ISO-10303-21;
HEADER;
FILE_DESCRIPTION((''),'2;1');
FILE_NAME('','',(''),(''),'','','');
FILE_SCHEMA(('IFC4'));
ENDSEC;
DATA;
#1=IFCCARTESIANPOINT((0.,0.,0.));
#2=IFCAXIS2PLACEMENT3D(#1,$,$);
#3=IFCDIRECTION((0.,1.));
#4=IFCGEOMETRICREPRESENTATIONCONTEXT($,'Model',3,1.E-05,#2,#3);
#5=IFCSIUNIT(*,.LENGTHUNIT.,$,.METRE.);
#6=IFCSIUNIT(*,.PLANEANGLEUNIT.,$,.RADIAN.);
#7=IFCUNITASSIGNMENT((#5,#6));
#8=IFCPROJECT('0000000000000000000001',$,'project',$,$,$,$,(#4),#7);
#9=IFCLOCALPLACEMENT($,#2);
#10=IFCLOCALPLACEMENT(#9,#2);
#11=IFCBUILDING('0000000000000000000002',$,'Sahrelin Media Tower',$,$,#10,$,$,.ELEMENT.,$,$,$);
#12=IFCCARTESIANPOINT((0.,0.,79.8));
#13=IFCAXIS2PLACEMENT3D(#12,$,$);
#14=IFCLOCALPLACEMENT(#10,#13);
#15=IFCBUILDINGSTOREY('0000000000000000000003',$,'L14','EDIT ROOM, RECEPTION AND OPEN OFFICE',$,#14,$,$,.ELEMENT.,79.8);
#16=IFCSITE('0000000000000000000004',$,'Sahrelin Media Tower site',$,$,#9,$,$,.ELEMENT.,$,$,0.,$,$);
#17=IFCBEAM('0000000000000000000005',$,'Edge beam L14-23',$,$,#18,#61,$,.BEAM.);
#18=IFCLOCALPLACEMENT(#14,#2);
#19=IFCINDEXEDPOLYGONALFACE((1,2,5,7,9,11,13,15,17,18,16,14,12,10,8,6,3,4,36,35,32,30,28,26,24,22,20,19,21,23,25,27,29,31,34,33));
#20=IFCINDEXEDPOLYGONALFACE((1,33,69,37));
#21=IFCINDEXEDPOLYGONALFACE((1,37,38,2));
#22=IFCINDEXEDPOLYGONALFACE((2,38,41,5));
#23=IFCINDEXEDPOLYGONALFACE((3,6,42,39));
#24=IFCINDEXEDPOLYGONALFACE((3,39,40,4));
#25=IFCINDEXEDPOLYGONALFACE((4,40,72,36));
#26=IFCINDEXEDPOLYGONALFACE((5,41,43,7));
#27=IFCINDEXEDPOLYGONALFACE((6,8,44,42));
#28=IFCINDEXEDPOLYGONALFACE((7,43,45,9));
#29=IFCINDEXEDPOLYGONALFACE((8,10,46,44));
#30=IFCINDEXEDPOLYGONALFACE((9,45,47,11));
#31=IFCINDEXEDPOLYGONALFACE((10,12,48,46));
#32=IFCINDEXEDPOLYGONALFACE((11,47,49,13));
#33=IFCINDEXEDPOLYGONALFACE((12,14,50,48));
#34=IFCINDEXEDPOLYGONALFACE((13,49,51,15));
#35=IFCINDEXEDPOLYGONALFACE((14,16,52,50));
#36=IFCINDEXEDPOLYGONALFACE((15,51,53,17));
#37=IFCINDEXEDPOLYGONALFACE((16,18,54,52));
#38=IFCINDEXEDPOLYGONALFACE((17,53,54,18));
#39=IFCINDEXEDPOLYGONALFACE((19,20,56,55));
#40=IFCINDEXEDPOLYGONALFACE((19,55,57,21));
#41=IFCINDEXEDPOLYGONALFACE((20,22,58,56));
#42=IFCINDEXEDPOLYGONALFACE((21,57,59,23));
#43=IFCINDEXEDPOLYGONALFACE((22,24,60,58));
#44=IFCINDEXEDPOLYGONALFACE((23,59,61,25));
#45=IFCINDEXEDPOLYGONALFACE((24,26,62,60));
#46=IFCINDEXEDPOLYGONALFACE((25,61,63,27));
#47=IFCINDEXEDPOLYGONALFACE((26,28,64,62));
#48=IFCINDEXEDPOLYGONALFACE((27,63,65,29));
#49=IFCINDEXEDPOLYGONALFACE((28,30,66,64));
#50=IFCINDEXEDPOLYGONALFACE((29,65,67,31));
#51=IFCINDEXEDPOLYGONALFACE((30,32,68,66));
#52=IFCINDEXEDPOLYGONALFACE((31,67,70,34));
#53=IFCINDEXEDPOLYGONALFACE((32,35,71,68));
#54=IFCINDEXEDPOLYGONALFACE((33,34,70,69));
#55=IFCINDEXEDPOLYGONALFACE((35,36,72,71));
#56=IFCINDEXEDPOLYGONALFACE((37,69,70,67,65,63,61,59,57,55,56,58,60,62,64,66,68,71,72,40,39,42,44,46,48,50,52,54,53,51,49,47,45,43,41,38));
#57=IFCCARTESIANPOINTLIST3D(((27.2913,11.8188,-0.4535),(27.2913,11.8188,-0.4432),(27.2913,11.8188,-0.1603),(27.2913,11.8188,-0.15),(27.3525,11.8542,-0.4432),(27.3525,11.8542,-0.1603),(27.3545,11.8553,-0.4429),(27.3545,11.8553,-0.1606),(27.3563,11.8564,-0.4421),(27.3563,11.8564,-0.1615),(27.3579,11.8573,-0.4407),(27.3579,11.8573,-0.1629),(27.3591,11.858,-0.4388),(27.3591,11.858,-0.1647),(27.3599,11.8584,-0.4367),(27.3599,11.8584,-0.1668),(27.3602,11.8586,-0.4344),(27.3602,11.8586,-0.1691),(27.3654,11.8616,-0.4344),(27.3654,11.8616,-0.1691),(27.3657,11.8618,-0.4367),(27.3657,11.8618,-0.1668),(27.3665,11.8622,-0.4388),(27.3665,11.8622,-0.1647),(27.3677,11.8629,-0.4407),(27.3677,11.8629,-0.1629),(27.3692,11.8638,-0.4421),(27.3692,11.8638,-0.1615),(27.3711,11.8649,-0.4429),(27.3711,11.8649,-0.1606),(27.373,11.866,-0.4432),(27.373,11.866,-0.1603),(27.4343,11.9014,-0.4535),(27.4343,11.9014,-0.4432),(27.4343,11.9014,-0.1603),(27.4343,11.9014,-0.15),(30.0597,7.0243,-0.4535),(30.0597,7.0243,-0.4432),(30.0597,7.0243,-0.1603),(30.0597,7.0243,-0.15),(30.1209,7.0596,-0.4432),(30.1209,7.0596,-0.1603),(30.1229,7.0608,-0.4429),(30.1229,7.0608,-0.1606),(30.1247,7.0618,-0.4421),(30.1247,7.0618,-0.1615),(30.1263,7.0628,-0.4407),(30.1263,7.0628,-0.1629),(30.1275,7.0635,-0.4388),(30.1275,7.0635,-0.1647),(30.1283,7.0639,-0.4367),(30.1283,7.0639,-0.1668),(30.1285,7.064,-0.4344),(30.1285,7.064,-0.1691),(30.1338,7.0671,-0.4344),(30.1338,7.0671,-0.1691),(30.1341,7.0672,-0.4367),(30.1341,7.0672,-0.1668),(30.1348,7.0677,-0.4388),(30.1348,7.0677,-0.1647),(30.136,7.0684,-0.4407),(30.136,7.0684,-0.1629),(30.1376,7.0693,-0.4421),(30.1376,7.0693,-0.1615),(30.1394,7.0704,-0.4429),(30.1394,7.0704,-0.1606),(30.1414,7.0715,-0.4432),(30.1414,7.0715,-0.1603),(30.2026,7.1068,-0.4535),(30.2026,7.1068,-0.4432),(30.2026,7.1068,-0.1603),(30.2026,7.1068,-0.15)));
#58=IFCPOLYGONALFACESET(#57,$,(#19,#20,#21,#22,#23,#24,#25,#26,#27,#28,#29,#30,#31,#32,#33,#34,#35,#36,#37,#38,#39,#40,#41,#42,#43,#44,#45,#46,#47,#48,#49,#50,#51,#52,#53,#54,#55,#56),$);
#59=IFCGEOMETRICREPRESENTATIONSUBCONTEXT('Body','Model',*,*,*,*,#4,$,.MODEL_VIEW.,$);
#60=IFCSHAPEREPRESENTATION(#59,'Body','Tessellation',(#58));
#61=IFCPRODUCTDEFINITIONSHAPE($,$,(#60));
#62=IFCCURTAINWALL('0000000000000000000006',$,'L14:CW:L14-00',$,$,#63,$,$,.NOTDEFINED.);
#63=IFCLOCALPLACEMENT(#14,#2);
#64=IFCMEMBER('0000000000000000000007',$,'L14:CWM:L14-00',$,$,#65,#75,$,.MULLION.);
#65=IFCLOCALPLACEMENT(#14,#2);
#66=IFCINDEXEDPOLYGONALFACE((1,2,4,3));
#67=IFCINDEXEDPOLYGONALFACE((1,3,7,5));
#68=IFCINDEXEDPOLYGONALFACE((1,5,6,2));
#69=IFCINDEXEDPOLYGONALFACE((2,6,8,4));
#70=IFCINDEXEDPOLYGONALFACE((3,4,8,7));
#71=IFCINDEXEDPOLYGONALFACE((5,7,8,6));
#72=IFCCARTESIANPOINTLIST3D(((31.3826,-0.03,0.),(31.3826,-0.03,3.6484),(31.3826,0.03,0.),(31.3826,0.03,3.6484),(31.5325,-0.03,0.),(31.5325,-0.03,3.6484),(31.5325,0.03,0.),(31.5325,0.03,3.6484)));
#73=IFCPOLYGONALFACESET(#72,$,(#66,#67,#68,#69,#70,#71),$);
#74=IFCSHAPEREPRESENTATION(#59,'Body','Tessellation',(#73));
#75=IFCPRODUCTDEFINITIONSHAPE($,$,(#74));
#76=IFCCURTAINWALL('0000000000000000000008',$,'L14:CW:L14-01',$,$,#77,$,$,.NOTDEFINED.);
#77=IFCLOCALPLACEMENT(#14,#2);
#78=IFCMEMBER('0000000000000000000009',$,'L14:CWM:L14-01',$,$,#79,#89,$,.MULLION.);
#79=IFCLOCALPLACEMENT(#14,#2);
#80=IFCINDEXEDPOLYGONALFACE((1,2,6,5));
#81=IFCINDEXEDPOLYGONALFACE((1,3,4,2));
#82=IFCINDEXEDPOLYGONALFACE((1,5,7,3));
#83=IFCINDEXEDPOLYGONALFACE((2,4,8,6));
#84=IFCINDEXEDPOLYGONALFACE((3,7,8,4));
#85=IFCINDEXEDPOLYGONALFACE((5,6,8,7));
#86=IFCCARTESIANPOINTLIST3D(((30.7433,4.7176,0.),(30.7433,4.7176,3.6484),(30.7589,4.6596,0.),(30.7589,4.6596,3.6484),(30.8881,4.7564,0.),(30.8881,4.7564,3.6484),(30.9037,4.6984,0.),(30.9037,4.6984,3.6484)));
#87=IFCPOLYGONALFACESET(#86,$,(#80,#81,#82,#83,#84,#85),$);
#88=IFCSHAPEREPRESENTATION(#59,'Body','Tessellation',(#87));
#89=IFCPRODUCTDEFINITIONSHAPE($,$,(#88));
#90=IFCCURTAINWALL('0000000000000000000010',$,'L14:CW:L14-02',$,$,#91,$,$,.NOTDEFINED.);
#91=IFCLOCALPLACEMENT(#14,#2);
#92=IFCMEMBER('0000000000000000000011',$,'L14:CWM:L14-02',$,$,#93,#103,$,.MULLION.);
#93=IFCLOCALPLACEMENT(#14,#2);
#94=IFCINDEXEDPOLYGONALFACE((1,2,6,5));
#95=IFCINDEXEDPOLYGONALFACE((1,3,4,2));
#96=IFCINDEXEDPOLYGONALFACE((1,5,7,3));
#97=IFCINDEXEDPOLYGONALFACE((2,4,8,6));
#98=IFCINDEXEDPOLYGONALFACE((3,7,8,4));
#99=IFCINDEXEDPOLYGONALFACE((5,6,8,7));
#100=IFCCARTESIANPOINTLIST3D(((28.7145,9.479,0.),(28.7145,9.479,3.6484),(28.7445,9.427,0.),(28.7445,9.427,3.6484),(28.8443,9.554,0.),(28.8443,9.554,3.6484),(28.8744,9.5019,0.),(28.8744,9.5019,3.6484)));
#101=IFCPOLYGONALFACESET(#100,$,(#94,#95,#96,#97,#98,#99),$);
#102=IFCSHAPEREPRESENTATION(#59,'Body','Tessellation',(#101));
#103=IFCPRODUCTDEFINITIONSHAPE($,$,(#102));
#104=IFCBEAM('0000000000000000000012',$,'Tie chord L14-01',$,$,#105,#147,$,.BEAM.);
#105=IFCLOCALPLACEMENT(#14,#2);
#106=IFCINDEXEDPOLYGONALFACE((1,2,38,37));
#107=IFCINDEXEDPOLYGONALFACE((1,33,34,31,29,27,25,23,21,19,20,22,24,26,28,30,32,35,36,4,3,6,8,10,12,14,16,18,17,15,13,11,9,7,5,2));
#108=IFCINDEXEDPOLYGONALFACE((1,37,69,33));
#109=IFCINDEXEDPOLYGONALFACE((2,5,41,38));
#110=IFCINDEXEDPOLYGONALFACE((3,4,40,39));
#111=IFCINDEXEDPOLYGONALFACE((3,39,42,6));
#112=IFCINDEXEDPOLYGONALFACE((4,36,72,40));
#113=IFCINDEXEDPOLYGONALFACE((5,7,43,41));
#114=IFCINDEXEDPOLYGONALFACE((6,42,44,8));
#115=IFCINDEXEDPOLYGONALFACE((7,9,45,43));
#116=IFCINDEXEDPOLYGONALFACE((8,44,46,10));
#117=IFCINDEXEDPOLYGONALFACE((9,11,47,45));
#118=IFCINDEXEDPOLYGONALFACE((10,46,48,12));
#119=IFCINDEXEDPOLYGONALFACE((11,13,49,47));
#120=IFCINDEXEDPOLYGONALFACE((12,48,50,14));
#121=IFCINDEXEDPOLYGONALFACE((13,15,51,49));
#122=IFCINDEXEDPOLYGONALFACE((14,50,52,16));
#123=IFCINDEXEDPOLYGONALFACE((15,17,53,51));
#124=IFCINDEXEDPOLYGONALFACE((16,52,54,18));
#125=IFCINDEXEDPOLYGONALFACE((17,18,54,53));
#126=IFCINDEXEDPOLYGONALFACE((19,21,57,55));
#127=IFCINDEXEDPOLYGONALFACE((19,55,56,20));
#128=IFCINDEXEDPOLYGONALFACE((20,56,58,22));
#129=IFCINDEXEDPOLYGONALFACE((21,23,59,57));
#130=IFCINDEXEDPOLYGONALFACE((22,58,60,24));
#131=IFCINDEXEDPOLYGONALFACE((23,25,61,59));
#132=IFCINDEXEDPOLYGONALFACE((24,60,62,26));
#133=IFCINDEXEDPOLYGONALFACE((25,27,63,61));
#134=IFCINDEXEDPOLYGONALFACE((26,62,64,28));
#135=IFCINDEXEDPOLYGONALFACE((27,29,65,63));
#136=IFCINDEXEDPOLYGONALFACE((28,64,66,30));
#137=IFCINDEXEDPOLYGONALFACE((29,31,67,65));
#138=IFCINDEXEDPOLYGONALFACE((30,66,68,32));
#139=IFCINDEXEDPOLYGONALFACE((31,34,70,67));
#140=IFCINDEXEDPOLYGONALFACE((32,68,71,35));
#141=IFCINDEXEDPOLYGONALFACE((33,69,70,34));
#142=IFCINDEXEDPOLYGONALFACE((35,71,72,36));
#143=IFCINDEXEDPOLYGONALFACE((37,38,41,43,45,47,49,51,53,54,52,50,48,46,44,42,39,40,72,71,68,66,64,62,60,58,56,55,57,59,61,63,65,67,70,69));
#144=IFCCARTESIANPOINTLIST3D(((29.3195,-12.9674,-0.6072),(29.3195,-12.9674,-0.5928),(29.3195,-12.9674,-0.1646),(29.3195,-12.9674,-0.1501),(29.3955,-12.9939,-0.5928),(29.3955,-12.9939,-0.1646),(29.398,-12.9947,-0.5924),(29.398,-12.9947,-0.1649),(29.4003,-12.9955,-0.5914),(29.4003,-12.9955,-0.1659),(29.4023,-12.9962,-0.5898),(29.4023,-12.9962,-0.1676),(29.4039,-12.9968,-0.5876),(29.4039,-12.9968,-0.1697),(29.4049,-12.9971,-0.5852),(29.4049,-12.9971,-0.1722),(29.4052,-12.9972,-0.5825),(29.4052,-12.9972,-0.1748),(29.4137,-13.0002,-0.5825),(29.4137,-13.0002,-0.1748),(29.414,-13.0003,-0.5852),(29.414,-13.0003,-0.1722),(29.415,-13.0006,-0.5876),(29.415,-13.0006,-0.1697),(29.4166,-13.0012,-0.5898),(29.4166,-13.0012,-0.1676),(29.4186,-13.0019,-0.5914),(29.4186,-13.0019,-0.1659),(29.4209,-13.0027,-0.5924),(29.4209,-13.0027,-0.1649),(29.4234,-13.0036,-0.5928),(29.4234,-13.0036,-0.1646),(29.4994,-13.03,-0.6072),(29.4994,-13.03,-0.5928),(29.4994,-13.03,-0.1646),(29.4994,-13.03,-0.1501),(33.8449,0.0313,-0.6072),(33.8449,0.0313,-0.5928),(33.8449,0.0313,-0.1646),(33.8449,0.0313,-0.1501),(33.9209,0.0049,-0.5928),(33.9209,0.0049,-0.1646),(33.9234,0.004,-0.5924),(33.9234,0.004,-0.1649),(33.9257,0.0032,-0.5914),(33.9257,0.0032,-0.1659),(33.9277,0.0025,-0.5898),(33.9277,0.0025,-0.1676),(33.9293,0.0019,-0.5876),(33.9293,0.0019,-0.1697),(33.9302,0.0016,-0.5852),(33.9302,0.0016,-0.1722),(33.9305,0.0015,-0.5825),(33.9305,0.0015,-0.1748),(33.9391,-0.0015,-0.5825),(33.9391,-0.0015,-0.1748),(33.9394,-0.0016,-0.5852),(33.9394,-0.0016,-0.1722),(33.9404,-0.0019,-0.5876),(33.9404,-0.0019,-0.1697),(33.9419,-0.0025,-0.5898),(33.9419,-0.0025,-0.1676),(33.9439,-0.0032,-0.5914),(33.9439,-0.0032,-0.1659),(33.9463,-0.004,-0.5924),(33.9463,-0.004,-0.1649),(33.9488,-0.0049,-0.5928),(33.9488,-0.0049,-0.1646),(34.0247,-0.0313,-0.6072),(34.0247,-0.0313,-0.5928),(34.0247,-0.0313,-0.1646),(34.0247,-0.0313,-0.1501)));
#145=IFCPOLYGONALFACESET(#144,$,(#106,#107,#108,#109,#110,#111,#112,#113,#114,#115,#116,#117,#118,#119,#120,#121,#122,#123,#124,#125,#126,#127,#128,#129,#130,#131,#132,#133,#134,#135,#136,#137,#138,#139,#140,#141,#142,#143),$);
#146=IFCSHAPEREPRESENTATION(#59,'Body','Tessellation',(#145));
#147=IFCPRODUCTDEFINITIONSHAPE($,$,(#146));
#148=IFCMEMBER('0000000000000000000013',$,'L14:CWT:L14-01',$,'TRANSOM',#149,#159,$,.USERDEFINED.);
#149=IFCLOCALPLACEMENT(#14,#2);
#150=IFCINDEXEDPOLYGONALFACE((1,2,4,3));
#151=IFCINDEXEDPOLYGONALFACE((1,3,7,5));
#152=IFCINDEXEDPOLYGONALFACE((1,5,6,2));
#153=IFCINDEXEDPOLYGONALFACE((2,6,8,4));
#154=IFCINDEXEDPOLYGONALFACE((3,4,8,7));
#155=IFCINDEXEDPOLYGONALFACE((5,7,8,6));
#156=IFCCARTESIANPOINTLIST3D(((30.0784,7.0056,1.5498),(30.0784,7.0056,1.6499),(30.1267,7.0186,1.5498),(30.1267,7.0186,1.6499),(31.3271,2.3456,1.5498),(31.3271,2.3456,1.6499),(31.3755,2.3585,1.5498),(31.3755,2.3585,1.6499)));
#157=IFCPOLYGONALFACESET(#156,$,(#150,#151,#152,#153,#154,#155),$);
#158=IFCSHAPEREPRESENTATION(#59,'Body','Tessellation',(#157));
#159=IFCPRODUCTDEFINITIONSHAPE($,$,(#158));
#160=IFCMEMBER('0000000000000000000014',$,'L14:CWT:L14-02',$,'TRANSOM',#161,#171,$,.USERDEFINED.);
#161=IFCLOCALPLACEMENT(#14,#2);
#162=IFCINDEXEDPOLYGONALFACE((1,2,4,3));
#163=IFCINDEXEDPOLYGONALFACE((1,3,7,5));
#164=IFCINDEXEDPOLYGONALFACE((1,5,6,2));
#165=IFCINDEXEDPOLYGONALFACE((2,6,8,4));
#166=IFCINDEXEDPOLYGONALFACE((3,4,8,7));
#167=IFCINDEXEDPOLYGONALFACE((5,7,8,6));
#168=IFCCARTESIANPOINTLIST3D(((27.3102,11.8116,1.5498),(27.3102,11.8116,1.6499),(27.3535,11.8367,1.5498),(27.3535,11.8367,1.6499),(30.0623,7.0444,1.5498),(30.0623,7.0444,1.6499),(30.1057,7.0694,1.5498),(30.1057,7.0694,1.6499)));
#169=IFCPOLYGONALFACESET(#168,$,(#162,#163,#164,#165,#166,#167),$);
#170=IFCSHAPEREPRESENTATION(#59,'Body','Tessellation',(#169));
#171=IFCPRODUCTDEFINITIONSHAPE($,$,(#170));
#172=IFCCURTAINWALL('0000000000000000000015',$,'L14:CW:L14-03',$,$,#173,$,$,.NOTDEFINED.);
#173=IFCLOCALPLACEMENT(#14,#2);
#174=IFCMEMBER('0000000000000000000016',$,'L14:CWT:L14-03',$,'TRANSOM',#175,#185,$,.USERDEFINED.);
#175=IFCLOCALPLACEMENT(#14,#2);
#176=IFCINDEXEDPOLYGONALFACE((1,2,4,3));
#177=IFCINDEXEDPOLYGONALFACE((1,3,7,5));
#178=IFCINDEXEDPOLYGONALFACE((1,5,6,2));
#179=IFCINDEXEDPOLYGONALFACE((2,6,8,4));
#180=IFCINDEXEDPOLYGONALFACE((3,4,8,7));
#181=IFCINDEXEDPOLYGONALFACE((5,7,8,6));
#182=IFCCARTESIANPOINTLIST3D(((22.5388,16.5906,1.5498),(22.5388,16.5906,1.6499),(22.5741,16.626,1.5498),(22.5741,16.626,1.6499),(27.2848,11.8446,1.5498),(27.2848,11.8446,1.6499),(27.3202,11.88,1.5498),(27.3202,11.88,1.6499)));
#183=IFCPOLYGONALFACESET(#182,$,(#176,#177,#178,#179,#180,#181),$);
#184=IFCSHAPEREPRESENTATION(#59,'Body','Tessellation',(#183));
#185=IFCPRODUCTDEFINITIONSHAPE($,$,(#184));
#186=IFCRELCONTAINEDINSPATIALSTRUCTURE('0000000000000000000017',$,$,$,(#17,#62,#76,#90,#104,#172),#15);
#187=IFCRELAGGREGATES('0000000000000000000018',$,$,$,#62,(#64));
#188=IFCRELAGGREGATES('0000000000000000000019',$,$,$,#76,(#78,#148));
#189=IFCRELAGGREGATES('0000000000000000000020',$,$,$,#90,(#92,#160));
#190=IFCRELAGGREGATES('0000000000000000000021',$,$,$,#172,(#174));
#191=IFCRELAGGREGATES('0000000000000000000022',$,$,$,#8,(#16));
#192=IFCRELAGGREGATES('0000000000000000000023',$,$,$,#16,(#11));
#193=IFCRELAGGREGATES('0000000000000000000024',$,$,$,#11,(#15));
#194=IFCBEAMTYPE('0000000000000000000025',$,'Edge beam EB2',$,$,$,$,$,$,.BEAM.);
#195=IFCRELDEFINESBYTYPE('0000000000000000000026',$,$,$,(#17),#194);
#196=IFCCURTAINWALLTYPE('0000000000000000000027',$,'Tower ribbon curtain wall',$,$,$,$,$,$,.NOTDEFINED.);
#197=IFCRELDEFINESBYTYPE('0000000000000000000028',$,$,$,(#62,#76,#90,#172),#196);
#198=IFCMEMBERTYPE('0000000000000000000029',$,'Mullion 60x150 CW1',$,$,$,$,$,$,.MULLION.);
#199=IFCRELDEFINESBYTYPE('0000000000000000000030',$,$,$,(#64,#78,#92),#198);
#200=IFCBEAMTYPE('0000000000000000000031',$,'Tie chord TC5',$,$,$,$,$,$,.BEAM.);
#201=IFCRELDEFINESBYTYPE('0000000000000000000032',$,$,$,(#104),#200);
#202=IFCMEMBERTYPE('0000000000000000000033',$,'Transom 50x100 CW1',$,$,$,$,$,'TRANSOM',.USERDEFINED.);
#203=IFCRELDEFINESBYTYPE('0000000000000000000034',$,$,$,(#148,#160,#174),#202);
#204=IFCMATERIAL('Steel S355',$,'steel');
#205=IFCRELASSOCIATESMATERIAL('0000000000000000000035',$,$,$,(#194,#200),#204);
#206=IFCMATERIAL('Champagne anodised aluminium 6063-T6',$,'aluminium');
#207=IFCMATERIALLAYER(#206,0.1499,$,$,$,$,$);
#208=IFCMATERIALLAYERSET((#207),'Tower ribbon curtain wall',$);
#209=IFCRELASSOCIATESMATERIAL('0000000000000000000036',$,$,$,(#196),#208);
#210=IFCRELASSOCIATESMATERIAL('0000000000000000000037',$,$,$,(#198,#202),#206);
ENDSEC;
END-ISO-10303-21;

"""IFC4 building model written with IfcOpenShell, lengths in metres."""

from ifc_helpers import new_model, si_unit, direction, frame, origin, origin_2d, place, context, subcontext, project, spatial, rectangle, i_section, extrude, material, layer, layer_set, material_profile, profile_set, type_object, element, aggregate, save


model = new_model("IFC4")

# Units and contexts
model_context = context("Model", 3, precision=1e-05, world=origin(), true_north=direction((0.0, 1.0)))
body_context = subcontext(model_context, "Body", "Model", "MODEL_VIEW")
ifc_project = project(units=[si_unit("LENGTHUNIT", "METRE"), si_unit("PLANEANGLEUNIT", "RADIAN")], contexts=[model_context])

# Site, building, storey
site_placement = place(None, origin())
site = spatial("IfcSite", under=ifc_project, at=site_placement, Name="Sahrelin Media Tower site", CompositionType="ELEMENT", RefElevation=0.0)
building_placement = place(site_placement, origin())
building = spatial("IfcBuilding", under=site, at=building_placement, Name="Sahrelin Media Tower", CompositionType="ELEMENT")
storey_placement = place(building_placement, frame((0.0, 0.0, 79.8)))
storey = spatial("IfcBuildingStorey", under=building, at=storey_placement, Name="L14", Description="EDIT ROOM, RECEPTION AND OPEN OFFICE", CompositionType="ELEMENT", Elevation=79.8)

# Beam
ifc_material_1 = material(Name="Steel S355", Category="steel")
ifc_material_profile_1 = material_profile(ifc_material_1, i_section(OverallWidth=0.165, OverallDepth=0.3035, WebThickness=0.0061, FlangeThickness=0.0103, FilletRadius=0.0088, at=origin_2d()), Name="UB 305x165x40")
ifc_profile_set_1 = profile_set([ifc_material_profile_1], Name="Steel S355")
beam_type_1 = type_object("IfcBeamType", Name="Edge beam EB2", PredefinedType="BEAM", material=ifc_profile_set_1)
beam_1_placement = place(storey_placement, frame((27.3628, 11.8601, -0.3018), z_axis=(0.500033, -0.866006, 0.0), x_axis=(0.866006, 0.500033, 0.0)))
element("IfcBeam", 1, at=beam_1_placement, inside=storey, type_object=beam_type_1, Name="Edge beam L14-23", PredefinedType="BEAM", context=body_context, shape_type="SweptSolid", body=[
    extrude(i_section(OverallWidth=0.165, OverallDepth=0.3035, WebThickness=0.0061, FlangeThickness=0.0103, FilletRadius=0.0088, at=origin_2d()), origin(), (0.0, 0.0, 1.0), 5.5364),
])

# Curtain walls, members
ifc_material_2 = material(Name="Champagne anodised aluminium 6063-T6", Category="aluminium")
ifc_layer_1 = layer(ifc_material_2, 0.1499)
ifc_layer_set_1 = layer_set([ifc_layer_1], Name="Tower ribbon curtain wall")
curtain_wall_type = type_object("IfcCurtainWallType", Name="Tower ribbon curtain wall", PredefinedType="NOTDEFINED", material=ifc_layer_set_1)
curtain_wall_1_placement = place(storey_placement, frame((31.5525, 0.0, 0.0), z_axis=(0.0, 0.0, 1.0), x_axis=(1.0, 0.0, 0.0)))
curtain_wall_1 = element("IfcCurtainWall", 2, at=curtain_wall_1_placement, inside=storey, type_object=curtain_wall_type, Name="L14:CW:L14-00", PredefinedType="NOTDEFINED")
ifc_material_profile_2 = material_profile(ifc_material_2, rectangle(XDim=0.0601, YDim=0.1499, at=origin_2d()), Name="Mullion 60x150")
ifc_profile_set_2 = profile_set([ifc_material_profile_2], Name="Champagne anodised aluminium 6063-T6")
member_type_1 = type_object("IfcMemberType", Name="Mullion 60x150 CW1", PredefinedType="MULLION", material=ifc_profile_set_2)
member_1_placement = place(storey_placement, frame((31.4575, 0.0, 0.0), z_axis=(0.0, 0.0, 1.0), x_axis=(0.0, 1.0, 0.0)))
member_1 = element("IfcMember", 3, at=member_1_placement, type_object=member_type_1, Name="L14:CWM:L14-00", PredefinedType="MULLION", context=body_context, shape_type="SweptSolid", body=[
    extrude(rectangle(XDim=0.0601, YDim=0.1499, at=origin_2d()), origin(), (0.0, 0.0, 1.0), 3.6484),
])
aggregate(curtain_wall_1, [member_1])
curtain_wall_2_placement = place(storey_placement, frame((30.9153, 4.7327, 0.0), z_axis=(0.0, 0.0, 1.0), x_axis=(1.0, 0.0, 0.0)))
curtain_wall_2 = element("IfcCurtainWall", 4, at=curtain_wall_2_placement, inside=storey, type_object=curtain_wall_type, Name="L14:CW:L14-01", PredefinedType="NOTDEFINED")
member_2_placement = place(storey_placement, frame((30.8235, 4.708, 0.0), z_axis=(0.0, 0.0, 1.0), x_axis=(-0.258822, 0.965925, 0.0)))
member_2 = element("IfcMember", 5, at=member_2_placement, type_object=member_type_1, Name="L14:CWM:L14-01", PredefinedType="MULLION", context=body_context, shape_type="SweptSolid", body=[
    extrude(rectangle(XDim=0.0601, YDim=0.1499, at=origin_2d()), origin(), (0.0, 0.0, 1.0), 3.6484),
])
curtain_wall_3_placement = place(storey_placement, frame((28.8767, 9.5381, 0.0), z_axis=(0.0, 0.0, 1.0), x_axis=(1.0, 0.0, 0.0)))
curtain_wall_3 = element("IfcCurtainWall", 6, at=curtain_wall_3_placement, inside=storey, type_object=curtain_wall_type, Name="L14:CW:L14-02", PredefinedType="NOTDEFINED")
member_3_placement = place(storey_placement, frame((28.7944, 9.4905, 0.0), z_axis=(0.0, 0.0, 1.0), x_axis=(-0.5, 0.866025, 0.0)))
member_3 = element("IfcMember", 7, at=member_3_placement, type_object=member_type_1, Name="L14:CWM:L14-02", PredefinedType="MULLION", context=body_context, shape_type="SweptSolid", body=[
    extrude(rectangle(XDim=0.0601, YDim=0.1499, at=origin_2d()), origin(), (0.0, 0.0, 1.0), 3.6484),
])

# Beam
ifc_material_profile_3 = material_profile(ifc_material_1, i_section(OverallWidth=0.1904, OverallDepth=0.457, WebThickness=0.009, FlangeThickness=0.0144, FilletRadius=0.0103, at=origin_2d()), Name="UB 457x191x74")
ifc_profile_set_3 = profile_set([ifc_material_profile_3], Name="Steel S355")
beam_type_2 = type_object("IfcBeamType", Name="Tie chord TC5", PredefinedType="BEAM", material=ifc_profile_set_3)
beam_2_placement = place(storey_placement, frame((33.9348, 0.0, -0.3787), z_axis=(-0.328785, -0.944405, 0.0), x_axis=(0.944405, -0.328785, 0.0)))
element("IfcBeam", 8, at=beam_2_placement, inside=storey, type_object=beam_type_2, Name="Tie chord L14-01", PredefinedType="BEAM", context=body_context, shape_type="SweptSolid", body=[
    extrude(i_section(OverallWidth=0.1904, OverallDepth=0.457, WebThickness=0.009, FlangeThickness=0.0144, FilletRadius=0.0103, at=origin_2d()), origin(), (0.0, 0.0, 1.0), 13.7639),
])

# Members
ifc_material_profile_4 = material_profile(ifc_material_2, rectangle(XDim=0.05, YDim=0.1001, at=origin_2d()), Name="Transom 50x100")
ifc_profile_set_4 = profile_set([ifc_material_profile_4], Name="Champagne anodised aluminium 6063-T6")
member_type_2 = type_object("IfcMemberType", Name="Transom 50x100 CW1", ElementType="TRANSOM", PredefinedType="USERDEFINED", material=ifc_profile_set_4)
member_4_placement = place(storey_placement, frame((31.3513, 2.3521, 1.5999), z_axis=(-0.258837, 0.965921, 0.0), x_axis=(-0.965921, -0.258837, 0.0)))
member_4 = element("IfcMember", 9, at=member_4_placement, type_object=member_type_2, Name="L14:CWT:L14-01", ObjectType="TRANSOM", PredefinedType="USERDEFINED", context=body_context, shape_type="SweptSolid", body=[
    extrude(rectangle(XDim=0.05, YDim=0.1001, at=origin_2d()), origin(), (0.0, 0.0, 1.0), 4.8245),
])
member_5_placement = place(storey_placement, frame((30.084, 7.0569, 1.5999), z_axis=(-0.499969, 0.866043, 0.0), x_axis=(-0.866043, -0.499969, 0.0)))
member_5 = element("IfcMember", 10, at=member_5_placement, type_object=member_type_2, Name="L14:CWT:L14-02", ObjectType="TRANSOM", PredefinedType="USERDEFINED", context=body_context, shape_type="SweptSolid", body=[
    extrude(rectangle(XDim=0.05, YDim=0.1001, at=origin_2d()), origin(), (0.0, 0.0, 1.0), 5.5046),
])

# Curtain wall, member
curtain_wall_4_placement = place(storey_placement, frame((25.0671, 14.3733, 0.0), z_axis=(0.0, 0.0, 1.0), x_axis=(1.0, 0.0, 0.0)))
curtain_wall_4 = element("IfcCurtainWall", 11, at=curtain_wall_4_placement, inside=storey, type_object=curtain_wall_type, Name="L14:CW:L14-03", PredefinedType="NOTDEFINED")
member_6_placement = place(storey_placement, frame((27.3025, 11.8623, 1.5999), z_axis=(-0.707107, 0.707107, 0.0), x_axis=(-0.707107, -0.707107, 0.0)))
member_6 = element("IfcMember", 12, at=member_6_placement, type_object=member_type_2, Name="L14:CWT:L14-03", ObjectType="TRANSOM", PredefinedType="USERDEFINED", context=body_context, shape_type="SweptSolid", body=[
    extrude(rectangle(XDim=0.05, YDim=0.1001, at=origin_2d()), origin(), (0.0, 0.0, 1.0), 6.7119),
])

aggregate(curtain_wall_2, [member_2, member_4])
aggregate(curtain_wall_3, [member_3, member_5])
aggregate(curtain_wall_4, [member_6])

save(model, "model.ifc")
